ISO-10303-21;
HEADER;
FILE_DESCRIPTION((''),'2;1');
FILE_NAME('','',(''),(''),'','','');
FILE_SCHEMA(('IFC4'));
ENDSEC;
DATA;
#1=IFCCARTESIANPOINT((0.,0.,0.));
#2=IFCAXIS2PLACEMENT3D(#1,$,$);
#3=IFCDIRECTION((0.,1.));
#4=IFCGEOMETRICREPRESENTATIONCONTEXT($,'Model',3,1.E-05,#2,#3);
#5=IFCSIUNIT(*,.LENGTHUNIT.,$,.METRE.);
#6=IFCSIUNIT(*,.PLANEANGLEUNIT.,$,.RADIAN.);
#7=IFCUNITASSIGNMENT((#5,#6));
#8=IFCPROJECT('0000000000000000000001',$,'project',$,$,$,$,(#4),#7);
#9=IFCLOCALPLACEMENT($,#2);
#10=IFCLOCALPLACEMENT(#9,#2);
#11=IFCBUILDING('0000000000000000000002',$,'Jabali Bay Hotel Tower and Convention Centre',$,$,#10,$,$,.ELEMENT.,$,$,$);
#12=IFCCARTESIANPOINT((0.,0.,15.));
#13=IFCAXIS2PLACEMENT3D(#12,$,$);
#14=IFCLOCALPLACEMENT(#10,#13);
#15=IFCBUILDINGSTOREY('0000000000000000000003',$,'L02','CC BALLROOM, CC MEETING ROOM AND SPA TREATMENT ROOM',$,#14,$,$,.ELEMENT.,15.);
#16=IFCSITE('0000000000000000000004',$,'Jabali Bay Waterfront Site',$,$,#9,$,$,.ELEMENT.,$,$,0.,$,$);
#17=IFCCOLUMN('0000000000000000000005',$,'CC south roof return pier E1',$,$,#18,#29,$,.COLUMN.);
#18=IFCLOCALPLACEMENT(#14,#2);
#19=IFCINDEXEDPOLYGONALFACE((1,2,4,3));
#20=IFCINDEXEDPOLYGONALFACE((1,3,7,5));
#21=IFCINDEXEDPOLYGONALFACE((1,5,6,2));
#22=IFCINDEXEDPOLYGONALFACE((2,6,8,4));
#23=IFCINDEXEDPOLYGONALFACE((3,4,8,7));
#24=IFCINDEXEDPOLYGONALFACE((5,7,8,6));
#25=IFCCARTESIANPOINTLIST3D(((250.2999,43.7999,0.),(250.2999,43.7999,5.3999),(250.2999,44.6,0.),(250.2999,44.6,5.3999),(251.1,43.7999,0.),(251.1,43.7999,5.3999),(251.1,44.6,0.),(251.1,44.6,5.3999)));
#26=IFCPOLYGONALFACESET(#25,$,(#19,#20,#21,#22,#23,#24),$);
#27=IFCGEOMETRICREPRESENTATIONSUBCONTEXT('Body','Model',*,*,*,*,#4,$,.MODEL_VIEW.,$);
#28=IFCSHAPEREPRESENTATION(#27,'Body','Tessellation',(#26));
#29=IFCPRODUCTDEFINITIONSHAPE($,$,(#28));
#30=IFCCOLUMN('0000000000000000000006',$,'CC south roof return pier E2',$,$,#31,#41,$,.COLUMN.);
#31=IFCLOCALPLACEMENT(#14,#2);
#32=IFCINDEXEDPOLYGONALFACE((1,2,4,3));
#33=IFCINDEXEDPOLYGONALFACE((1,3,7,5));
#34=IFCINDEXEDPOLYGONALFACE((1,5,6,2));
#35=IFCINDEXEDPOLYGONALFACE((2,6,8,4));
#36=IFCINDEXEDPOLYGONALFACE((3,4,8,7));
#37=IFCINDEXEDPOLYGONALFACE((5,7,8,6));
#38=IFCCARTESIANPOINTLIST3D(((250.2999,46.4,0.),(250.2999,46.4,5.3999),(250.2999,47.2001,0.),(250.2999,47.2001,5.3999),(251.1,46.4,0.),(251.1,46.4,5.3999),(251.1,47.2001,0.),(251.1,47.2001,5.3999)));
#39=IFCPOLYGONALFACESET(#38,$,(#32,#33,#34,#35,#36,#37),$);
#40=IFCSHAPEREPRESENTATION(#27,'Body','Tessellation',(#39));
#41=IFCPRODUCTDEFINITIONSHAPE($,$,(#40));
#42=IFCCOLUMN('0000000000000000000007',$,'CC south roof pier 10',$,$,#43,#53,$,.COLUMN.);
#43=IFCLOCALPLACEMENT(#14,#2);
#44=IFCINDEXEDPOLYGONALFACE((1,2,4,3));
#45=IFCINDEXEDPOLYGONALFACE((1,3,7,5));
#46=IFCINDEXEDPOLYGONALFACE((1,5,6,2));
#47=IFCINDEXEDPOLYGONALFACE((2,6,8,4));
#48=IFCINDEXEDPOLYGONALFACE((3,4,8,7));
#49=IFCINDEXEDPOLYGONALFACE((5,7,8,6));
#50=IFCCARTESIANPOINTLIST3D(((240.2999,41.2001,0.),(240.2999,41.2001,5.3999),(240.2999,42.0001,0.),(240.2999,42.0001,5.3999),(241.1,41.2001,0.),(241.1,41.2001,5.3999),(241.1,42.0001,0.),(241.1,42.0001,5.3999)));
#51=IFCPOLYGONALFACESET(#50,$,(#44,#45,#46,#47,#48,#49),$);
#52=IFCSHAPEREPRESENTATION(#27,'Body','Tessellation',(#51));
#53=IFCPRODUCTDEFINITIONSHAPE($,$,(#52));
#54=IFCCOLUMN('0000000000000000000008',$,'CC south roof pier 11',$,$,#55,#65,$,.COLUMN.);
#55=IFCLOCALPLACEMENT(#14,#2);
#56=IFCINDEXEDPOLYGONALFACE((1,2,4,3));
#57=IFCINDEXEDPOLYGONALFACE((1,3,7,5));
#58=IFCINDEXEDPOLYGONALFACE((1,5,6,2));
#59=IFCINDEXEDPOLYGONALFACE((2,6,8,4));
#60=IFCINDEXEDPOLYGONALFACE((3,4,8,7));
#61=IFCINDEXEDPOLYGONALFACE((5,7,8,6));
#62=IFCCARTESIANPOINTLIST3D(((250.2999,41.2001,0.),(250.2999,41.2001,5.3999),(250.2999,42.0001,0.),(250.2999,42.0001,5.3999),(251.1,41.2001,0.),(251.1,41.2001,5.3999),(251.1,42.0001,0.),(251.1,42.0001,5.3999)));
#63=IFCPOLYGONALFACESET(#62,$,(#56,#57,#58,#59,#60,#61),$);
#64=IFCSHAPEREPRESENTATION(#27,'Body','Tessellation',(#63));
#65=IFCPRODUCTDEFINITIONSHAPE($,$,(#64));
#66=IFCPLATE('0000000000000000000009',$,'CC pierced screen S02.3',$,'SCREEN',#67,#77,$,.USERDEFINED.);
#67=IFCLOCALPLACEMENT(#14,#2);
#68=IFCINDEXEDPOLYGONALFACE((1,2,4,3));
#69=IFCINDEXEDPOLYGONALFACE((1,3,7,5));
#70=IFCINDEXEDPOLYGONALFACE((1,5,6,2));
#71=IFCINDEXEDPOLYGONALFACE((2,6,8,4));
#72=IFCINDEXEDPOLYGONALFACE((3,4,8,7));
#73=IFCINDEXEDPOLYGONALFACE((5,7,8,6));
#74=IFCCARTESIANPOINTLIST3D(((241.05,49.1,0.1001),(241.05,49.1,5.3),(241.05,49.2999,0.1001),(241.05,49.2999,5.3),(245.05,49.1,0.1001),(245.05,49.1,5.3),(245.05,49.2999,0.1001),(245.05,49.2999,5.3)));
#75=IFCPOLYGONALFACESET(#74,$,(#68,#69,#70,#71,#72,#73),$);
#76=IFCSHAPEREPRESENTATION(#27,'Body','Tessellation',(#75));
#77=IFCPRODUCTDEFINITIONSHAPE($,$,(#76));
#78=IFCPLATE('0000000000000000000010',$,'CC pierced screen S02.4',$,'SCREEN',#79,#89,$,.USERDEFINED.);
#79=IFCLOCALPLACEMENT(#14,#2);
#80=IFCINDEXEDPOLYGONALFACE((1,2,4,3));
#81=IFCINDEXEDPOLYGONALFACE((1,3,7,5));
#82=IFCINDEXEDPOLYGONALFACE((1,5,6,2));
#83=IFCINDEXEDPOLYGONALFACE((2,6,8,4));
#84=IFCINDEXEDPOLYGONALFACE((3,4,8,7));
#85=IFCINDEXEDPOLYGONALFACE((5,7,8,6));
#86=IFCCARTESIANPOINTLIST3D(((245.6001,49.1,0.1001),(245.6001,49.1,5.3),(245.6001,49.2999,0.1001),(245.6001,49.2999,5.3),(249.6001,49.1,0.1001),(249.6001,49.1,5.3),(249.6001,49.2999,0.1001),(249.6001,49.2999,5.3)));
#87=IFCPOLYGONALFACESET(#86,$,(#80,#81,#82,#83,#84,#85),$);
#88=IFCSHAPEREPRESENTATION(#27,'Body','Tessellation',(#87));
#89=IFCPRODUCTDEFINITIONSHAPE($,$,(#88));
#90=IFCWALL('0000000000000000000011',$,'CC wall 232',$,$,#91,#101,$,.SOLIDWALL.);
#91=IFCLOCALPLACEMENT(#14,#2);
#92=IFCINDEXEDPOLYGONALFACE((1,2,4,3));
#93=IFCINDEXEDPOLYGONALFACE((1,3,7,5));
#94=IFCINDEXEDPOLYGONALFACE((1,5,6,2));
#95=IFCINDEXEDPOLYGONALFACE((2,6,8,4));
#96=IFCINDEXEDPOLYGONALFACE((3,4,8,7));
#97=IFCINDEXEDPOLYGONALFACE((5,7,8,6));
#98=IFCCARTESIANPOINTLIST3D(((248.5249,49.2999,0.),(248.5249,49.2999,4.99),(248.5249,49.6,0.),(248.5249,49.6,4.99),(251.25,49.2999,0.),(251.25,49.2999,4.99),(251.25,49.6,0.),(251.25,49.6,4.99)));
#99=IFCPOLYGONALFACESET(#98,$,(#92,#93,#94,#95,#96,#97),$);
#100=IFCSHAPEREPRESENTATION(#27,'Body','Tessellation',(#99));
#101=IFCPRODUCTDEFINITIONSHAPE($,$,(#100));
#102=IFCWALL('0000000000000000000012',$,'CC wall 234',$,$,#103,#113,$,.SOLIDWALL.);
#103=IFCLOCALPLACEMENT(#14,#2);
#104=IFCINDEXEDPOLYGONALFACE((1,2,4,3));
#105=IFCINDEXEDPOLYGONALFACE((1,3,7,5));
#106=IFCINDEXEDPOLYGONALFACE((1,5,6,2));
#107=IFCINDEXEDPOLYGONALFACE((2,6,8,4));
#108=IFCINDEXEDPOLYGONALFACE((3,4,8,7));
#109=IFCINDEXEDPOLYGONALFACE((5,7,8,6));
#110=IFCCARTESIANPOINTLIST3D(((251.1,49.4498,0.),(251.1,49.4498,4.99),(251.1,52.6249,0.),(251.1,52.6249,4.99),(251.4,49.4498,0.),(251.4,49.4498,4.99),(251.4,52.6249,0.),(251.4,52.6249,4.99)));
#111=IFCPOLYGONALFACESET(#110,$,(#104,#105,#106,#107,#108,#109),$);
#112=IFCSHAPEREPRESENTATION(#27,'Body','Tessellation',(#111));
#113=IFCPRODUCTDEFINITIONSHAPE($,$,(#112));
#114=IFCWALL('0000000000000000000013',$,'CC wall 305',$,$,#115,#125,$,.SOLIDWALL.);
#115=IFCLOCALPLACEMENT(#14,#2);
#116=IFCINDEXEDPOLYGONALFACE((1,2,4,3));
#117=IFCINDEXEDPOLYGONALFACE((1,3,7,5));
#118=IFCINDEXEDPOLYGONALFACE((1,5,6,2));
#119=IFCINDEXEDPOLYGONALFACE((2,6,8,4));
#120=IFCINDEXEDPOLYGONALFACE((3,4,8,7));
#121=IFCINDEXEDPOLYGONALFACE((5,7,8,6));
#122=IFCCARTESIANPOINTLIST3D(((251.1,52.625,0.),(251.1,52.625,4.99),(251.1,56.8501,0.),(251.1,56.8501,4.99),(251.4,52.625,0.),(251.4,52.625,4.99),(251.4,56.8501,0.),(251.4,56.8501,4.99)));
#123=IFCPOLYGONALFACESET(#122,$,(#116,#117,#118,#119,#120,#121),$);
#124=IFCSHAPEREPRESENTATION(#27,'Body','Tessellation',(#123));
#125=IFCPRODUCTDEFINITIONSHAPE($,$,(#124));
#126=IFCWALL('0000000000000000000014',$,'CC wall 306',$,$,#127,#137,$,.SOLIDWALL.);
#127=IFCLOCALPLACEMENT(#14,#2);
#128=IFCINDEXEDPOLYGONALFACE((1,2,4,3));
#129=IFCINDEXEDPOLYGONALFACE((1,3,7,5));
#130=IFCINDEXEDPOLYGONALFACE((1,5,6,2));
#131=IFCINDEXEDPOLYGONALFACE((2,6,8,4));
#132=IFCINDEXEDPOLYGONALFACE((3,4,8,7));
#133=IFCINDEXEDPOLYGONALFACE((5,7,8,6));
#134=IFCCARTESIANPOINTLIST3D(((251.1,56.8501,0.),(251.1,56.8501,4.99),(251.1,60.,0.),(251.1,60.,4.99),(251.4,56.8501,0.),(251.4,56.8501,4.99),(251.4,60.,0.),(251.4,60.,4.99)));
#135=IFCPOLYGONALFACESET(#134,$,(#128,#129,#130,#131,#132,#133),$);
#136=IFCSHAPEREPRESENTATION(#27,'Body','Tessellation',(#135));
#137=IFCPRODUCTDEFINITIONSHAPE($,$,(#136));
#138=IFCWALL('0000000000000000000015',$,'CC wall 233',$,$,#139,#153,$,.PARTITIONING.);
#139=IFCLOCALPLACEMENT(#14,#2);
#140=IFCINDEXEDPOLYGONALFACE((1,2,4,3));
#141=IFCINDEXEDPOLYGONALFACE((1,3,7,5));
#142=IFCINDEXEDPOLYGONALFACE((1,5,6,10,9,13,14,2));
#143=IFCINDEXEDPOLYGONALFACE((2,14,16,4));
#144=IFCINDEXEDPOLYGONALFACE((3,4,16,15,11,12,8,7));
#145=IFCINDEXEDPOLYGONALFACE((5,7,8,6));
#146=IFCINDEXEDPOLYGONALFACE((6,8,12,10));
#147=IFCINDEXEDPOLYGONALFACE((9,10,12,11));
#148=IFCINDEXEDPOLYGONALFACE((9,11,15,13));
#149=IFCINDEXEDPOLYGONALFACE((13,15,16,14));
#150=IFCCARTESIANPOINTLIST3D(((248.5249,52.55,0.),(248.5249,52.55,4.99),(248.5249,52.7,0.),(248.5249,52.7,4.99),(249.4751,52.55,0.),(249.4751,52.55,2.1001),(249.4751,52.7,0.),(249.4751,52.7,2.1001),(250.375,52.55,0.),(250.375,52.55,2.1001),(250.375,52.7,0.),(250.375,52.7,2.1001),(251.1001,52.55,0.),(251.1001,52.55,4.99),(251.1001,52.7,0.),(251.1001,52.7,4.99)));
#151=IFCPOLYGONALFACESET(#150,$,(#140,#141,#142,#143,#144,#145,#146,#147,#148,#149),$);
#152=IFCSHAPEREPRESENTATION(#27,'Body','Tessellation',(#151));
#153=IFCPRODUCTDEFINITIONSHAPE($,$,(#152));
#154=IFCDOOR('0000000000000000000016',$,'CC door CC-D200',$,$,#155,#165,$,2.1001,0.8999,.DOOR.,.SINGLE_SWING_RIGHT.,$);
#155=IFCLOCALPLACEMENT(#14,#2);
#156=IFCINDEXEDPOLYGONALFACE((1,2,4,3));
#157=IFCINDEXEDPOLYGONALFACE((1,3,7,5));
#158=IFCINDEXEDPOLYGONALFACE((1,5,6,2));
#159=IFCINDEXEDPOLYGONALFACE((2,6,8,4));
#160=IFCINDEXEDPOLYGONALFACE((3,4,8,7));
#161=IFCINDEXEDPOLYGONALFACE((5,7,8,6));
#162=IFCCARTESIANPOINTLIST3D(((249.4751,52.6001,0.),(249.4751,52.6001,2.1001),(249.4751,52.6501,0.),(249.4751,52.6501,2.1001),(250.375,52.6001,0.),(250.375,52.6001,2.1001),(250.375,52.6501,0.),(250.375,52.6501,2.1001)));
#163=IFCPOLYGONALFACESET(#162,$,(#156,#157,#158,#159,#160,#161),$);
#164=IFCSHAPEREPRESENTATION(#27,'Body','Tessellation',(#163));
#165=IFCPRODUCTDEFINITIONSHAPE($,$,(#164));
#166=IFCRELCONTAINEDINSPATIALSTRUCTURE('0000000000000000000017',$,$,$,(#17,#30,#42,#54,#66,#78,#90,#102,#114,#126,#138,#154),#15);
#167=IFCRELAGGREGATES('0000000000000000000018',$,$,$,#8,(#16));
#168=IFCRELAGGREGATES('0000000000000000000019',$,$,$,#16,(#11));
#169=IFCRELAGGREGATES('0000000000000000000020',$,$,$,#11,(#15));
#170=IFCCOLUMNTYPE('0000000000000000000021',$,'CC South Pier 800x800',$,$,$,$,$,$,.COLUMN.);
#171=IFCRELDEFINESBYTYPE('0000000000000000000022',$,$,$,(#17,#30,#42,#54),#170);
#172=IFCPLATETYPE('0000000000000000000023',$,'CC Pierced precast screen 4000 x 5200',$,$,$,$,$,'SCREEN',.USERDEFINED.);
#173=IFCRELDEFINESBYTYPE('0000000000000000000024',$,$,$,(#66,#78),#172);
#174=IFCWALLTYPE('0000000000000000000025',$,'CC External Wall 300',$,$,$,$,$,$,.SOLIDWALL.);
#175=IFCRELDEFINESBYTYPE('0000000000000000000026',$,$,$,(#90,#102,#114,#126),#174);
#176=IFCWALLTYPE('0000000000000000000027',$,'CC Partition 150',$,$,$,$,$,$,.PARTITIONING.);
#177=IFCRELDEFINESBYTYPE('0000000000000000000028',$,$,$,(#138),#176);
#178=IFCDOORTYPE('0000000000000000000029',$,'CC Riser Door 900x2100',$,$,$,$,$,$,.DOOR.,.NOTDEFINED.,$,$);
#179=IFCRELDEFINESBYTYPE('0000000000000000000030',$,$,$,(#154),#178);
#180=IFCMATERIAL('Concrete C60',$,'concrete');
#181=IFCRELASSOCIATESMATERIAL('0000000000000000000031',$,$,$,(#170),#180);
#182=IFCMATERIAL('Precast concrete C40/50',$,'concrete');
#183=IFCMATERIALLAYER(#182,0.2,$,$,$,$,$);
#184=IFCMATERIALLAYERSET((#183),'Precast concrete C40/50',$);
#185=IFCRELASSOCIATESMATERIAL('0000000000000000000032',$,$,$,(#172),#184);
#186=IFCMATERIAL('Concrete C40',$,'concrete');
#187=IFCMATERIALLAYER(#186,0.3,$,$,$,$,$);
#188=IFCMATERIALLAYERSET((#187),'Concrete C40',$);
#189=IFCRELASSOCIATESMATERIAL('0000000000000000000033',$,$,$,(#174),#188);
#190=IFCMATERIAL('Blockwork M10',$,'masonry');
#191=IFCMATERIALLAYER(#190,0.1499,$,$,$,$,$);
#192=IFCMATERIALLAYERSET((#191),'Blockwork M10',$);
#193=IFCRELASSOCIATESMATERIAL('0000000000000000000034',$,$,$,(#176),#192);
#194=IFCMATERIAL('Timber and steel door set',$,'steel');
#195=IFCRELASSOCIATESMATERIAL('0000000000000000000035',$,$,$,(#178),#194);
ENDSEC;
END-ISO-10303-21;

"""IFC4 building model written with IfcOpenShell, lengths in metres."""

from ifc_helpers import new_model, si_unit, direction, frame, frame_2d, origin, origin_2d, place, context, subcontext, project, spatial, rectangle, extrude, material, layer, layer_set, material_profile, profile_set, type_object, element, fill, save


model = new_model("IFC4")

# Units and contexts
model_context = context("Model", 3, precision=1e-05, world=origin(), true_north=direction((0.0, 1.0)))
body_context = subcontext(model_context, "Body", "Model", "MODEL_VIEW")
ifc_project = project(units=[si_unit("LENGTHUNIT", "METRE"), si_unit("PLANEANGLEUNIT", "RADIAN")], contexts=[model_context])

# Site, building, storey
site_placement = place(None, origin())
site = spatial("IfcSite", under=ifc_project, at=site_placement, Name="Jabali Bay Waterfront Site", CompositionType="ELEMENT", RefElevation=0.0)
building_placement = place(site_placement, origin())
building = spatial("IfcBuilding", under=site, at=building_placement, Name="Jabali Bay Hotel Tower and Convention Centre", CompositionType="ELEMENT")
storey_placement = place(building_placement, frame((0.0, 0.0, 15.0)))
storey = spatial("IfcBuildingStorey", under=building, at=storey_placement, Name="L02", Description="CC BALLROOM, CC MEETING ROOM AND SPA TREATMENT ROOM", CompositionType="ELEMENT", Elevation=15.0)

# Columns
ifc_material_1 = material(Name="Concrete C60", Category="concrete")
ifc_material_profile = material_profile(ifc_material_1, rectangle(XDim=0.8, YDim=0.8, at=origin_2d()), Name="RC 800x800")
ifc_profile_set = profile_set([ifc_material_profile], Name="Concrete C60")
column_type = type_object("IfcColumnType", Name="CC South Pier 800x800", PredefinedType="COLUMN", material=ifc_profile_set)
for number, where, z_axis, x_axis, name in (
    (1, (250.7, 44.2, 0.0), (0.0, 0.0, 1.0), (1.0, 0.0, 0.0), "CC south roof return pier E1"),
    (2, (250.7, 46.8, 0.0), (0.0, 0.0, 1.0), (1.0, 0.0, 0.0), "CC south roof return pier E2"),
    (3, (240.7, 41.6001, 0.0), (0.0, 0.0, 1.0), (1.0, 0.0, 0.0), "CC south roof pier 10"),
    (4, (250.7, 41.6001, 0.0), (0.0, 0.0, 1.0), (1.0, 0.0, 0.0), "CC south roof pier 11"),
):
    element("IfcColumn", number, at=place(storey_placement, frame(where, z_axis=z_axis, x_axis=x_axis)), inside=storey, type_object=column_type, Name=name, PredefinedType="COLUMN", context=body_context, shape_type="SweptSolid", body=[
        extrude(rectangle(XDim=0.8, YDim=0.8, at=origin_2d()), origin(), (0.0, 0.0, 1.0), 5.3999),
    ])

# Plates
ifc_material_2 = material(Name="Precast concrete C40/50", Category="concrete")
ifc_layer_1 = layer(ifc_material_2, 0.2)
ifc_layer_set_1 = layer_set([ifc_layer_1], Name="Precast concrete C40/50")
plate_type = type_object("IfcPlateType", Name="CC Pierced precast screen 4000 x 5200", ElementType="SCREEN", PredefinedType="USERDEFINED", material=ifc_layer_set_1)
for number, where, z_axis, x_axis, name in (
    (5, (243.05, 49.2, 0.1001), (0.0, 0.0, 1.0), (1.0, 0.0, 0.0), "CC pierced screen S02.3"),
    (6, (247.6001, 49.2, 0.1001), (0.0, 0.0, 1.0), (1.0, 0.0, 0.0), "CC pierced screen S02.4"),
):
    element("IfcPlate", number, at=place(storey_placement, frame(where, z_axis=z_axis, x_axis=x_axis)), inside=storey, type_object=plate_type, Name=name, ObjectType="SCREEN", PredefinedType="USERDEFINED", context=body_context, shape_type="SweptSolid", body=[
        extrude(rectangle(XDim=4.0, YDim=0.2, at=origin_2d()), origin(), (0.0, 0.0, 1.0), 5.2),
    ])

# Walls
ifc_material_3 = material(Name="Concrete C40", Category="concrete")
ifc_layer_2 = layer(ifc_material_3, 0.3)
ifc_layer_set_2 = layer_set([ifc_layer_2], Name="Concrete C40")
wall_type_1 = type_object("IfcWallType", Name="CC External Wall 300", PredefinedType="SOLIDWALL", material=ifc_layer_set_2)
wall_1_placement = place(storey_placement, frame((248.5249, 49.45, 0.0), z_axis=(0.0, 0.0, 1.0), x_axis=(1.0, 0.0, 0.0)))
element("IfcWall", 7, at=wall_1_placement, inside=storey, type_object=wall_type_1, Name="CC wall 232", PredefinedType="SOLIDWALL", context=body_context, shape_type="SweptSolid", body=[
    extrude(rectangle(XDim=2.7251, YDim=0.3, at=frame_2d((1.3625, 0.0))), origin(), (0.0, 0.0, 1.0), 4.99),
])
wall_2_placement = place(storey_placement, frame((251.25, 49.45, 0.0), z_axis=(0.0, 0.0, 1.0), x_axis=(0.0, 1.0, 0.0)))
element("IfcWall", 8, at=wall_2_placement, inside=storey, type_object=wall_type_1, Name="CC wall 234", PredefinedType="SOLIDWALL", context=body_context, shape_type="SweptSolid", body=[
    extrude(rectangle(XDim=3.175, YDim=0.3, at=frame_2d((1.5874, 0.0))), origin(), (0.0, 0.0, 1.0), 4.99),
])
wall_3_placement = place(storey_placement, frame((251.25, 52.625, 0.0), z_axis=(0.0, 0.0, 1.0), x_axis=(0.0, 1.0, 0.0)))
element("IfcWall", 9, at=wall_3_placement, inside=storey, type_object=wall_type_1, Name="CC wall 305", PredefinedType="SOLIDWALL", context=body_context, shape_type="SweptSolid", body=[
    extrude(rectangle(XDim=4.2251, YDim=0.3, at=frame_2d((2.1125, 0.0))), origin(), (0.0, 0.0, 1.0), 4.99),
])
wall_4_placement = place(storey_placement, frame((251.25, 56.8501, 0.0), z_axis=(0.0, 0.0, 1.0), x_axis=(0.0, 1.0, 0.0)))
element("IfcWall", 10, at=wall_4_placement, inside=storey, type_object=wall_type_1, Name="CC wall 306", PredefinedType="SOLIDWALL", context=body_context, shape_type="SweptSolid", body=[
    extrude(rectangle(XDim=3.1499, YDim=0.3, at=frame_2d((1.575, 0.0))), origin(), (0.0, 0.0, 1.0), 4.99),
])

# Wall, opening, door
ifc_material_4 = material(Name="Blockwork M10", Category="masonry")
ifc_layer_3 = layer(ifc_material_4, 0.1499)
ifc_layer_set_3 = layer_set([ifc_layer_3], Name="Blockwork M10")
wall_type_2 = type_object("IfcWallType", Name="CC Partition 150", PredefinedType="PARTITIONING", material=ifc_layer_set_3)
wall_5_placement = place(storey_placement, frame((251.1001, 52.625, 0.0), z_axis=(0.0, 0.0, 1.0), x_axis=(-1.0, 0.0, 0.0)))
wall_5 = element("IfcWall", 11, at=wall_5_placement, inside=storey, type_object=wall_type_2, Name="CC wall 233", PredefinedType="PARTITIONING", context=body_context, shape_type="SweptSolid", body=[
    extrude(rectangle(XDim=2.5752, YDim=0.1499, at=frame_2d((1.2876, 0.0))), origin(), (0.0, 0.0, 1.0), 4.99),
])
opening_1_placement = place(wall_5_placement, frame((0.7251, 0.0, 0.0)))
opening_1 = element("IfcOpeningElement", 12, at=opening_1_placement, cuts=wall_5, PredefinedType="OPENING", context=body_context, shape_type="SweptSolid", body=[
    extrude(rectangle(XDim=0.8999, YDim=2.1001, at=frame_2d((0.45, 1.05))), frame((0.0, 0.0854, 0.0), z_axis=(0.0, -1.0, 0.0), x_axis=(1.0, 0.0, 0.0)), (0.0, 0.0, 1.0), 0.1709),
])
ifc_material_5 = material(Name="Timber and steel door set", Category="steel")
door_type_1 = type_object("IfcDoorType", Name="CC Riser Door 900x2100", OperationType="NOTDEFINED", PredefinedType="DOOR", material=ifc_material_5)
door_1_placement = place(opening_1_placement, origin())
door_1 = element("IfcDoor", 13, at=door_1_placement, inside=storey, type_object=door_type_1, Name="CC door CC-D200", OperationType="SINGLE_SWING_RIGHT", OverallHeight=2.1001, OverallWidth=0.8999, PredefinedType="DOOR", context=body_context, shape_type="SweptSolid", body=[
    extrude(rectangle(XDim=0.8999, YDim=2.1001, at=frame_2d((0.45, 1.05))), frame((0.0, 0.0249, 0.0), z_axis=(0.0, -1.0, 0.0), x_axis=(1.0, 0.0, 0.0)), (0.0, 0.0, 1.0), 0.05),
])
fill(opening_1, door_1)

save(model, "model.ifc")
